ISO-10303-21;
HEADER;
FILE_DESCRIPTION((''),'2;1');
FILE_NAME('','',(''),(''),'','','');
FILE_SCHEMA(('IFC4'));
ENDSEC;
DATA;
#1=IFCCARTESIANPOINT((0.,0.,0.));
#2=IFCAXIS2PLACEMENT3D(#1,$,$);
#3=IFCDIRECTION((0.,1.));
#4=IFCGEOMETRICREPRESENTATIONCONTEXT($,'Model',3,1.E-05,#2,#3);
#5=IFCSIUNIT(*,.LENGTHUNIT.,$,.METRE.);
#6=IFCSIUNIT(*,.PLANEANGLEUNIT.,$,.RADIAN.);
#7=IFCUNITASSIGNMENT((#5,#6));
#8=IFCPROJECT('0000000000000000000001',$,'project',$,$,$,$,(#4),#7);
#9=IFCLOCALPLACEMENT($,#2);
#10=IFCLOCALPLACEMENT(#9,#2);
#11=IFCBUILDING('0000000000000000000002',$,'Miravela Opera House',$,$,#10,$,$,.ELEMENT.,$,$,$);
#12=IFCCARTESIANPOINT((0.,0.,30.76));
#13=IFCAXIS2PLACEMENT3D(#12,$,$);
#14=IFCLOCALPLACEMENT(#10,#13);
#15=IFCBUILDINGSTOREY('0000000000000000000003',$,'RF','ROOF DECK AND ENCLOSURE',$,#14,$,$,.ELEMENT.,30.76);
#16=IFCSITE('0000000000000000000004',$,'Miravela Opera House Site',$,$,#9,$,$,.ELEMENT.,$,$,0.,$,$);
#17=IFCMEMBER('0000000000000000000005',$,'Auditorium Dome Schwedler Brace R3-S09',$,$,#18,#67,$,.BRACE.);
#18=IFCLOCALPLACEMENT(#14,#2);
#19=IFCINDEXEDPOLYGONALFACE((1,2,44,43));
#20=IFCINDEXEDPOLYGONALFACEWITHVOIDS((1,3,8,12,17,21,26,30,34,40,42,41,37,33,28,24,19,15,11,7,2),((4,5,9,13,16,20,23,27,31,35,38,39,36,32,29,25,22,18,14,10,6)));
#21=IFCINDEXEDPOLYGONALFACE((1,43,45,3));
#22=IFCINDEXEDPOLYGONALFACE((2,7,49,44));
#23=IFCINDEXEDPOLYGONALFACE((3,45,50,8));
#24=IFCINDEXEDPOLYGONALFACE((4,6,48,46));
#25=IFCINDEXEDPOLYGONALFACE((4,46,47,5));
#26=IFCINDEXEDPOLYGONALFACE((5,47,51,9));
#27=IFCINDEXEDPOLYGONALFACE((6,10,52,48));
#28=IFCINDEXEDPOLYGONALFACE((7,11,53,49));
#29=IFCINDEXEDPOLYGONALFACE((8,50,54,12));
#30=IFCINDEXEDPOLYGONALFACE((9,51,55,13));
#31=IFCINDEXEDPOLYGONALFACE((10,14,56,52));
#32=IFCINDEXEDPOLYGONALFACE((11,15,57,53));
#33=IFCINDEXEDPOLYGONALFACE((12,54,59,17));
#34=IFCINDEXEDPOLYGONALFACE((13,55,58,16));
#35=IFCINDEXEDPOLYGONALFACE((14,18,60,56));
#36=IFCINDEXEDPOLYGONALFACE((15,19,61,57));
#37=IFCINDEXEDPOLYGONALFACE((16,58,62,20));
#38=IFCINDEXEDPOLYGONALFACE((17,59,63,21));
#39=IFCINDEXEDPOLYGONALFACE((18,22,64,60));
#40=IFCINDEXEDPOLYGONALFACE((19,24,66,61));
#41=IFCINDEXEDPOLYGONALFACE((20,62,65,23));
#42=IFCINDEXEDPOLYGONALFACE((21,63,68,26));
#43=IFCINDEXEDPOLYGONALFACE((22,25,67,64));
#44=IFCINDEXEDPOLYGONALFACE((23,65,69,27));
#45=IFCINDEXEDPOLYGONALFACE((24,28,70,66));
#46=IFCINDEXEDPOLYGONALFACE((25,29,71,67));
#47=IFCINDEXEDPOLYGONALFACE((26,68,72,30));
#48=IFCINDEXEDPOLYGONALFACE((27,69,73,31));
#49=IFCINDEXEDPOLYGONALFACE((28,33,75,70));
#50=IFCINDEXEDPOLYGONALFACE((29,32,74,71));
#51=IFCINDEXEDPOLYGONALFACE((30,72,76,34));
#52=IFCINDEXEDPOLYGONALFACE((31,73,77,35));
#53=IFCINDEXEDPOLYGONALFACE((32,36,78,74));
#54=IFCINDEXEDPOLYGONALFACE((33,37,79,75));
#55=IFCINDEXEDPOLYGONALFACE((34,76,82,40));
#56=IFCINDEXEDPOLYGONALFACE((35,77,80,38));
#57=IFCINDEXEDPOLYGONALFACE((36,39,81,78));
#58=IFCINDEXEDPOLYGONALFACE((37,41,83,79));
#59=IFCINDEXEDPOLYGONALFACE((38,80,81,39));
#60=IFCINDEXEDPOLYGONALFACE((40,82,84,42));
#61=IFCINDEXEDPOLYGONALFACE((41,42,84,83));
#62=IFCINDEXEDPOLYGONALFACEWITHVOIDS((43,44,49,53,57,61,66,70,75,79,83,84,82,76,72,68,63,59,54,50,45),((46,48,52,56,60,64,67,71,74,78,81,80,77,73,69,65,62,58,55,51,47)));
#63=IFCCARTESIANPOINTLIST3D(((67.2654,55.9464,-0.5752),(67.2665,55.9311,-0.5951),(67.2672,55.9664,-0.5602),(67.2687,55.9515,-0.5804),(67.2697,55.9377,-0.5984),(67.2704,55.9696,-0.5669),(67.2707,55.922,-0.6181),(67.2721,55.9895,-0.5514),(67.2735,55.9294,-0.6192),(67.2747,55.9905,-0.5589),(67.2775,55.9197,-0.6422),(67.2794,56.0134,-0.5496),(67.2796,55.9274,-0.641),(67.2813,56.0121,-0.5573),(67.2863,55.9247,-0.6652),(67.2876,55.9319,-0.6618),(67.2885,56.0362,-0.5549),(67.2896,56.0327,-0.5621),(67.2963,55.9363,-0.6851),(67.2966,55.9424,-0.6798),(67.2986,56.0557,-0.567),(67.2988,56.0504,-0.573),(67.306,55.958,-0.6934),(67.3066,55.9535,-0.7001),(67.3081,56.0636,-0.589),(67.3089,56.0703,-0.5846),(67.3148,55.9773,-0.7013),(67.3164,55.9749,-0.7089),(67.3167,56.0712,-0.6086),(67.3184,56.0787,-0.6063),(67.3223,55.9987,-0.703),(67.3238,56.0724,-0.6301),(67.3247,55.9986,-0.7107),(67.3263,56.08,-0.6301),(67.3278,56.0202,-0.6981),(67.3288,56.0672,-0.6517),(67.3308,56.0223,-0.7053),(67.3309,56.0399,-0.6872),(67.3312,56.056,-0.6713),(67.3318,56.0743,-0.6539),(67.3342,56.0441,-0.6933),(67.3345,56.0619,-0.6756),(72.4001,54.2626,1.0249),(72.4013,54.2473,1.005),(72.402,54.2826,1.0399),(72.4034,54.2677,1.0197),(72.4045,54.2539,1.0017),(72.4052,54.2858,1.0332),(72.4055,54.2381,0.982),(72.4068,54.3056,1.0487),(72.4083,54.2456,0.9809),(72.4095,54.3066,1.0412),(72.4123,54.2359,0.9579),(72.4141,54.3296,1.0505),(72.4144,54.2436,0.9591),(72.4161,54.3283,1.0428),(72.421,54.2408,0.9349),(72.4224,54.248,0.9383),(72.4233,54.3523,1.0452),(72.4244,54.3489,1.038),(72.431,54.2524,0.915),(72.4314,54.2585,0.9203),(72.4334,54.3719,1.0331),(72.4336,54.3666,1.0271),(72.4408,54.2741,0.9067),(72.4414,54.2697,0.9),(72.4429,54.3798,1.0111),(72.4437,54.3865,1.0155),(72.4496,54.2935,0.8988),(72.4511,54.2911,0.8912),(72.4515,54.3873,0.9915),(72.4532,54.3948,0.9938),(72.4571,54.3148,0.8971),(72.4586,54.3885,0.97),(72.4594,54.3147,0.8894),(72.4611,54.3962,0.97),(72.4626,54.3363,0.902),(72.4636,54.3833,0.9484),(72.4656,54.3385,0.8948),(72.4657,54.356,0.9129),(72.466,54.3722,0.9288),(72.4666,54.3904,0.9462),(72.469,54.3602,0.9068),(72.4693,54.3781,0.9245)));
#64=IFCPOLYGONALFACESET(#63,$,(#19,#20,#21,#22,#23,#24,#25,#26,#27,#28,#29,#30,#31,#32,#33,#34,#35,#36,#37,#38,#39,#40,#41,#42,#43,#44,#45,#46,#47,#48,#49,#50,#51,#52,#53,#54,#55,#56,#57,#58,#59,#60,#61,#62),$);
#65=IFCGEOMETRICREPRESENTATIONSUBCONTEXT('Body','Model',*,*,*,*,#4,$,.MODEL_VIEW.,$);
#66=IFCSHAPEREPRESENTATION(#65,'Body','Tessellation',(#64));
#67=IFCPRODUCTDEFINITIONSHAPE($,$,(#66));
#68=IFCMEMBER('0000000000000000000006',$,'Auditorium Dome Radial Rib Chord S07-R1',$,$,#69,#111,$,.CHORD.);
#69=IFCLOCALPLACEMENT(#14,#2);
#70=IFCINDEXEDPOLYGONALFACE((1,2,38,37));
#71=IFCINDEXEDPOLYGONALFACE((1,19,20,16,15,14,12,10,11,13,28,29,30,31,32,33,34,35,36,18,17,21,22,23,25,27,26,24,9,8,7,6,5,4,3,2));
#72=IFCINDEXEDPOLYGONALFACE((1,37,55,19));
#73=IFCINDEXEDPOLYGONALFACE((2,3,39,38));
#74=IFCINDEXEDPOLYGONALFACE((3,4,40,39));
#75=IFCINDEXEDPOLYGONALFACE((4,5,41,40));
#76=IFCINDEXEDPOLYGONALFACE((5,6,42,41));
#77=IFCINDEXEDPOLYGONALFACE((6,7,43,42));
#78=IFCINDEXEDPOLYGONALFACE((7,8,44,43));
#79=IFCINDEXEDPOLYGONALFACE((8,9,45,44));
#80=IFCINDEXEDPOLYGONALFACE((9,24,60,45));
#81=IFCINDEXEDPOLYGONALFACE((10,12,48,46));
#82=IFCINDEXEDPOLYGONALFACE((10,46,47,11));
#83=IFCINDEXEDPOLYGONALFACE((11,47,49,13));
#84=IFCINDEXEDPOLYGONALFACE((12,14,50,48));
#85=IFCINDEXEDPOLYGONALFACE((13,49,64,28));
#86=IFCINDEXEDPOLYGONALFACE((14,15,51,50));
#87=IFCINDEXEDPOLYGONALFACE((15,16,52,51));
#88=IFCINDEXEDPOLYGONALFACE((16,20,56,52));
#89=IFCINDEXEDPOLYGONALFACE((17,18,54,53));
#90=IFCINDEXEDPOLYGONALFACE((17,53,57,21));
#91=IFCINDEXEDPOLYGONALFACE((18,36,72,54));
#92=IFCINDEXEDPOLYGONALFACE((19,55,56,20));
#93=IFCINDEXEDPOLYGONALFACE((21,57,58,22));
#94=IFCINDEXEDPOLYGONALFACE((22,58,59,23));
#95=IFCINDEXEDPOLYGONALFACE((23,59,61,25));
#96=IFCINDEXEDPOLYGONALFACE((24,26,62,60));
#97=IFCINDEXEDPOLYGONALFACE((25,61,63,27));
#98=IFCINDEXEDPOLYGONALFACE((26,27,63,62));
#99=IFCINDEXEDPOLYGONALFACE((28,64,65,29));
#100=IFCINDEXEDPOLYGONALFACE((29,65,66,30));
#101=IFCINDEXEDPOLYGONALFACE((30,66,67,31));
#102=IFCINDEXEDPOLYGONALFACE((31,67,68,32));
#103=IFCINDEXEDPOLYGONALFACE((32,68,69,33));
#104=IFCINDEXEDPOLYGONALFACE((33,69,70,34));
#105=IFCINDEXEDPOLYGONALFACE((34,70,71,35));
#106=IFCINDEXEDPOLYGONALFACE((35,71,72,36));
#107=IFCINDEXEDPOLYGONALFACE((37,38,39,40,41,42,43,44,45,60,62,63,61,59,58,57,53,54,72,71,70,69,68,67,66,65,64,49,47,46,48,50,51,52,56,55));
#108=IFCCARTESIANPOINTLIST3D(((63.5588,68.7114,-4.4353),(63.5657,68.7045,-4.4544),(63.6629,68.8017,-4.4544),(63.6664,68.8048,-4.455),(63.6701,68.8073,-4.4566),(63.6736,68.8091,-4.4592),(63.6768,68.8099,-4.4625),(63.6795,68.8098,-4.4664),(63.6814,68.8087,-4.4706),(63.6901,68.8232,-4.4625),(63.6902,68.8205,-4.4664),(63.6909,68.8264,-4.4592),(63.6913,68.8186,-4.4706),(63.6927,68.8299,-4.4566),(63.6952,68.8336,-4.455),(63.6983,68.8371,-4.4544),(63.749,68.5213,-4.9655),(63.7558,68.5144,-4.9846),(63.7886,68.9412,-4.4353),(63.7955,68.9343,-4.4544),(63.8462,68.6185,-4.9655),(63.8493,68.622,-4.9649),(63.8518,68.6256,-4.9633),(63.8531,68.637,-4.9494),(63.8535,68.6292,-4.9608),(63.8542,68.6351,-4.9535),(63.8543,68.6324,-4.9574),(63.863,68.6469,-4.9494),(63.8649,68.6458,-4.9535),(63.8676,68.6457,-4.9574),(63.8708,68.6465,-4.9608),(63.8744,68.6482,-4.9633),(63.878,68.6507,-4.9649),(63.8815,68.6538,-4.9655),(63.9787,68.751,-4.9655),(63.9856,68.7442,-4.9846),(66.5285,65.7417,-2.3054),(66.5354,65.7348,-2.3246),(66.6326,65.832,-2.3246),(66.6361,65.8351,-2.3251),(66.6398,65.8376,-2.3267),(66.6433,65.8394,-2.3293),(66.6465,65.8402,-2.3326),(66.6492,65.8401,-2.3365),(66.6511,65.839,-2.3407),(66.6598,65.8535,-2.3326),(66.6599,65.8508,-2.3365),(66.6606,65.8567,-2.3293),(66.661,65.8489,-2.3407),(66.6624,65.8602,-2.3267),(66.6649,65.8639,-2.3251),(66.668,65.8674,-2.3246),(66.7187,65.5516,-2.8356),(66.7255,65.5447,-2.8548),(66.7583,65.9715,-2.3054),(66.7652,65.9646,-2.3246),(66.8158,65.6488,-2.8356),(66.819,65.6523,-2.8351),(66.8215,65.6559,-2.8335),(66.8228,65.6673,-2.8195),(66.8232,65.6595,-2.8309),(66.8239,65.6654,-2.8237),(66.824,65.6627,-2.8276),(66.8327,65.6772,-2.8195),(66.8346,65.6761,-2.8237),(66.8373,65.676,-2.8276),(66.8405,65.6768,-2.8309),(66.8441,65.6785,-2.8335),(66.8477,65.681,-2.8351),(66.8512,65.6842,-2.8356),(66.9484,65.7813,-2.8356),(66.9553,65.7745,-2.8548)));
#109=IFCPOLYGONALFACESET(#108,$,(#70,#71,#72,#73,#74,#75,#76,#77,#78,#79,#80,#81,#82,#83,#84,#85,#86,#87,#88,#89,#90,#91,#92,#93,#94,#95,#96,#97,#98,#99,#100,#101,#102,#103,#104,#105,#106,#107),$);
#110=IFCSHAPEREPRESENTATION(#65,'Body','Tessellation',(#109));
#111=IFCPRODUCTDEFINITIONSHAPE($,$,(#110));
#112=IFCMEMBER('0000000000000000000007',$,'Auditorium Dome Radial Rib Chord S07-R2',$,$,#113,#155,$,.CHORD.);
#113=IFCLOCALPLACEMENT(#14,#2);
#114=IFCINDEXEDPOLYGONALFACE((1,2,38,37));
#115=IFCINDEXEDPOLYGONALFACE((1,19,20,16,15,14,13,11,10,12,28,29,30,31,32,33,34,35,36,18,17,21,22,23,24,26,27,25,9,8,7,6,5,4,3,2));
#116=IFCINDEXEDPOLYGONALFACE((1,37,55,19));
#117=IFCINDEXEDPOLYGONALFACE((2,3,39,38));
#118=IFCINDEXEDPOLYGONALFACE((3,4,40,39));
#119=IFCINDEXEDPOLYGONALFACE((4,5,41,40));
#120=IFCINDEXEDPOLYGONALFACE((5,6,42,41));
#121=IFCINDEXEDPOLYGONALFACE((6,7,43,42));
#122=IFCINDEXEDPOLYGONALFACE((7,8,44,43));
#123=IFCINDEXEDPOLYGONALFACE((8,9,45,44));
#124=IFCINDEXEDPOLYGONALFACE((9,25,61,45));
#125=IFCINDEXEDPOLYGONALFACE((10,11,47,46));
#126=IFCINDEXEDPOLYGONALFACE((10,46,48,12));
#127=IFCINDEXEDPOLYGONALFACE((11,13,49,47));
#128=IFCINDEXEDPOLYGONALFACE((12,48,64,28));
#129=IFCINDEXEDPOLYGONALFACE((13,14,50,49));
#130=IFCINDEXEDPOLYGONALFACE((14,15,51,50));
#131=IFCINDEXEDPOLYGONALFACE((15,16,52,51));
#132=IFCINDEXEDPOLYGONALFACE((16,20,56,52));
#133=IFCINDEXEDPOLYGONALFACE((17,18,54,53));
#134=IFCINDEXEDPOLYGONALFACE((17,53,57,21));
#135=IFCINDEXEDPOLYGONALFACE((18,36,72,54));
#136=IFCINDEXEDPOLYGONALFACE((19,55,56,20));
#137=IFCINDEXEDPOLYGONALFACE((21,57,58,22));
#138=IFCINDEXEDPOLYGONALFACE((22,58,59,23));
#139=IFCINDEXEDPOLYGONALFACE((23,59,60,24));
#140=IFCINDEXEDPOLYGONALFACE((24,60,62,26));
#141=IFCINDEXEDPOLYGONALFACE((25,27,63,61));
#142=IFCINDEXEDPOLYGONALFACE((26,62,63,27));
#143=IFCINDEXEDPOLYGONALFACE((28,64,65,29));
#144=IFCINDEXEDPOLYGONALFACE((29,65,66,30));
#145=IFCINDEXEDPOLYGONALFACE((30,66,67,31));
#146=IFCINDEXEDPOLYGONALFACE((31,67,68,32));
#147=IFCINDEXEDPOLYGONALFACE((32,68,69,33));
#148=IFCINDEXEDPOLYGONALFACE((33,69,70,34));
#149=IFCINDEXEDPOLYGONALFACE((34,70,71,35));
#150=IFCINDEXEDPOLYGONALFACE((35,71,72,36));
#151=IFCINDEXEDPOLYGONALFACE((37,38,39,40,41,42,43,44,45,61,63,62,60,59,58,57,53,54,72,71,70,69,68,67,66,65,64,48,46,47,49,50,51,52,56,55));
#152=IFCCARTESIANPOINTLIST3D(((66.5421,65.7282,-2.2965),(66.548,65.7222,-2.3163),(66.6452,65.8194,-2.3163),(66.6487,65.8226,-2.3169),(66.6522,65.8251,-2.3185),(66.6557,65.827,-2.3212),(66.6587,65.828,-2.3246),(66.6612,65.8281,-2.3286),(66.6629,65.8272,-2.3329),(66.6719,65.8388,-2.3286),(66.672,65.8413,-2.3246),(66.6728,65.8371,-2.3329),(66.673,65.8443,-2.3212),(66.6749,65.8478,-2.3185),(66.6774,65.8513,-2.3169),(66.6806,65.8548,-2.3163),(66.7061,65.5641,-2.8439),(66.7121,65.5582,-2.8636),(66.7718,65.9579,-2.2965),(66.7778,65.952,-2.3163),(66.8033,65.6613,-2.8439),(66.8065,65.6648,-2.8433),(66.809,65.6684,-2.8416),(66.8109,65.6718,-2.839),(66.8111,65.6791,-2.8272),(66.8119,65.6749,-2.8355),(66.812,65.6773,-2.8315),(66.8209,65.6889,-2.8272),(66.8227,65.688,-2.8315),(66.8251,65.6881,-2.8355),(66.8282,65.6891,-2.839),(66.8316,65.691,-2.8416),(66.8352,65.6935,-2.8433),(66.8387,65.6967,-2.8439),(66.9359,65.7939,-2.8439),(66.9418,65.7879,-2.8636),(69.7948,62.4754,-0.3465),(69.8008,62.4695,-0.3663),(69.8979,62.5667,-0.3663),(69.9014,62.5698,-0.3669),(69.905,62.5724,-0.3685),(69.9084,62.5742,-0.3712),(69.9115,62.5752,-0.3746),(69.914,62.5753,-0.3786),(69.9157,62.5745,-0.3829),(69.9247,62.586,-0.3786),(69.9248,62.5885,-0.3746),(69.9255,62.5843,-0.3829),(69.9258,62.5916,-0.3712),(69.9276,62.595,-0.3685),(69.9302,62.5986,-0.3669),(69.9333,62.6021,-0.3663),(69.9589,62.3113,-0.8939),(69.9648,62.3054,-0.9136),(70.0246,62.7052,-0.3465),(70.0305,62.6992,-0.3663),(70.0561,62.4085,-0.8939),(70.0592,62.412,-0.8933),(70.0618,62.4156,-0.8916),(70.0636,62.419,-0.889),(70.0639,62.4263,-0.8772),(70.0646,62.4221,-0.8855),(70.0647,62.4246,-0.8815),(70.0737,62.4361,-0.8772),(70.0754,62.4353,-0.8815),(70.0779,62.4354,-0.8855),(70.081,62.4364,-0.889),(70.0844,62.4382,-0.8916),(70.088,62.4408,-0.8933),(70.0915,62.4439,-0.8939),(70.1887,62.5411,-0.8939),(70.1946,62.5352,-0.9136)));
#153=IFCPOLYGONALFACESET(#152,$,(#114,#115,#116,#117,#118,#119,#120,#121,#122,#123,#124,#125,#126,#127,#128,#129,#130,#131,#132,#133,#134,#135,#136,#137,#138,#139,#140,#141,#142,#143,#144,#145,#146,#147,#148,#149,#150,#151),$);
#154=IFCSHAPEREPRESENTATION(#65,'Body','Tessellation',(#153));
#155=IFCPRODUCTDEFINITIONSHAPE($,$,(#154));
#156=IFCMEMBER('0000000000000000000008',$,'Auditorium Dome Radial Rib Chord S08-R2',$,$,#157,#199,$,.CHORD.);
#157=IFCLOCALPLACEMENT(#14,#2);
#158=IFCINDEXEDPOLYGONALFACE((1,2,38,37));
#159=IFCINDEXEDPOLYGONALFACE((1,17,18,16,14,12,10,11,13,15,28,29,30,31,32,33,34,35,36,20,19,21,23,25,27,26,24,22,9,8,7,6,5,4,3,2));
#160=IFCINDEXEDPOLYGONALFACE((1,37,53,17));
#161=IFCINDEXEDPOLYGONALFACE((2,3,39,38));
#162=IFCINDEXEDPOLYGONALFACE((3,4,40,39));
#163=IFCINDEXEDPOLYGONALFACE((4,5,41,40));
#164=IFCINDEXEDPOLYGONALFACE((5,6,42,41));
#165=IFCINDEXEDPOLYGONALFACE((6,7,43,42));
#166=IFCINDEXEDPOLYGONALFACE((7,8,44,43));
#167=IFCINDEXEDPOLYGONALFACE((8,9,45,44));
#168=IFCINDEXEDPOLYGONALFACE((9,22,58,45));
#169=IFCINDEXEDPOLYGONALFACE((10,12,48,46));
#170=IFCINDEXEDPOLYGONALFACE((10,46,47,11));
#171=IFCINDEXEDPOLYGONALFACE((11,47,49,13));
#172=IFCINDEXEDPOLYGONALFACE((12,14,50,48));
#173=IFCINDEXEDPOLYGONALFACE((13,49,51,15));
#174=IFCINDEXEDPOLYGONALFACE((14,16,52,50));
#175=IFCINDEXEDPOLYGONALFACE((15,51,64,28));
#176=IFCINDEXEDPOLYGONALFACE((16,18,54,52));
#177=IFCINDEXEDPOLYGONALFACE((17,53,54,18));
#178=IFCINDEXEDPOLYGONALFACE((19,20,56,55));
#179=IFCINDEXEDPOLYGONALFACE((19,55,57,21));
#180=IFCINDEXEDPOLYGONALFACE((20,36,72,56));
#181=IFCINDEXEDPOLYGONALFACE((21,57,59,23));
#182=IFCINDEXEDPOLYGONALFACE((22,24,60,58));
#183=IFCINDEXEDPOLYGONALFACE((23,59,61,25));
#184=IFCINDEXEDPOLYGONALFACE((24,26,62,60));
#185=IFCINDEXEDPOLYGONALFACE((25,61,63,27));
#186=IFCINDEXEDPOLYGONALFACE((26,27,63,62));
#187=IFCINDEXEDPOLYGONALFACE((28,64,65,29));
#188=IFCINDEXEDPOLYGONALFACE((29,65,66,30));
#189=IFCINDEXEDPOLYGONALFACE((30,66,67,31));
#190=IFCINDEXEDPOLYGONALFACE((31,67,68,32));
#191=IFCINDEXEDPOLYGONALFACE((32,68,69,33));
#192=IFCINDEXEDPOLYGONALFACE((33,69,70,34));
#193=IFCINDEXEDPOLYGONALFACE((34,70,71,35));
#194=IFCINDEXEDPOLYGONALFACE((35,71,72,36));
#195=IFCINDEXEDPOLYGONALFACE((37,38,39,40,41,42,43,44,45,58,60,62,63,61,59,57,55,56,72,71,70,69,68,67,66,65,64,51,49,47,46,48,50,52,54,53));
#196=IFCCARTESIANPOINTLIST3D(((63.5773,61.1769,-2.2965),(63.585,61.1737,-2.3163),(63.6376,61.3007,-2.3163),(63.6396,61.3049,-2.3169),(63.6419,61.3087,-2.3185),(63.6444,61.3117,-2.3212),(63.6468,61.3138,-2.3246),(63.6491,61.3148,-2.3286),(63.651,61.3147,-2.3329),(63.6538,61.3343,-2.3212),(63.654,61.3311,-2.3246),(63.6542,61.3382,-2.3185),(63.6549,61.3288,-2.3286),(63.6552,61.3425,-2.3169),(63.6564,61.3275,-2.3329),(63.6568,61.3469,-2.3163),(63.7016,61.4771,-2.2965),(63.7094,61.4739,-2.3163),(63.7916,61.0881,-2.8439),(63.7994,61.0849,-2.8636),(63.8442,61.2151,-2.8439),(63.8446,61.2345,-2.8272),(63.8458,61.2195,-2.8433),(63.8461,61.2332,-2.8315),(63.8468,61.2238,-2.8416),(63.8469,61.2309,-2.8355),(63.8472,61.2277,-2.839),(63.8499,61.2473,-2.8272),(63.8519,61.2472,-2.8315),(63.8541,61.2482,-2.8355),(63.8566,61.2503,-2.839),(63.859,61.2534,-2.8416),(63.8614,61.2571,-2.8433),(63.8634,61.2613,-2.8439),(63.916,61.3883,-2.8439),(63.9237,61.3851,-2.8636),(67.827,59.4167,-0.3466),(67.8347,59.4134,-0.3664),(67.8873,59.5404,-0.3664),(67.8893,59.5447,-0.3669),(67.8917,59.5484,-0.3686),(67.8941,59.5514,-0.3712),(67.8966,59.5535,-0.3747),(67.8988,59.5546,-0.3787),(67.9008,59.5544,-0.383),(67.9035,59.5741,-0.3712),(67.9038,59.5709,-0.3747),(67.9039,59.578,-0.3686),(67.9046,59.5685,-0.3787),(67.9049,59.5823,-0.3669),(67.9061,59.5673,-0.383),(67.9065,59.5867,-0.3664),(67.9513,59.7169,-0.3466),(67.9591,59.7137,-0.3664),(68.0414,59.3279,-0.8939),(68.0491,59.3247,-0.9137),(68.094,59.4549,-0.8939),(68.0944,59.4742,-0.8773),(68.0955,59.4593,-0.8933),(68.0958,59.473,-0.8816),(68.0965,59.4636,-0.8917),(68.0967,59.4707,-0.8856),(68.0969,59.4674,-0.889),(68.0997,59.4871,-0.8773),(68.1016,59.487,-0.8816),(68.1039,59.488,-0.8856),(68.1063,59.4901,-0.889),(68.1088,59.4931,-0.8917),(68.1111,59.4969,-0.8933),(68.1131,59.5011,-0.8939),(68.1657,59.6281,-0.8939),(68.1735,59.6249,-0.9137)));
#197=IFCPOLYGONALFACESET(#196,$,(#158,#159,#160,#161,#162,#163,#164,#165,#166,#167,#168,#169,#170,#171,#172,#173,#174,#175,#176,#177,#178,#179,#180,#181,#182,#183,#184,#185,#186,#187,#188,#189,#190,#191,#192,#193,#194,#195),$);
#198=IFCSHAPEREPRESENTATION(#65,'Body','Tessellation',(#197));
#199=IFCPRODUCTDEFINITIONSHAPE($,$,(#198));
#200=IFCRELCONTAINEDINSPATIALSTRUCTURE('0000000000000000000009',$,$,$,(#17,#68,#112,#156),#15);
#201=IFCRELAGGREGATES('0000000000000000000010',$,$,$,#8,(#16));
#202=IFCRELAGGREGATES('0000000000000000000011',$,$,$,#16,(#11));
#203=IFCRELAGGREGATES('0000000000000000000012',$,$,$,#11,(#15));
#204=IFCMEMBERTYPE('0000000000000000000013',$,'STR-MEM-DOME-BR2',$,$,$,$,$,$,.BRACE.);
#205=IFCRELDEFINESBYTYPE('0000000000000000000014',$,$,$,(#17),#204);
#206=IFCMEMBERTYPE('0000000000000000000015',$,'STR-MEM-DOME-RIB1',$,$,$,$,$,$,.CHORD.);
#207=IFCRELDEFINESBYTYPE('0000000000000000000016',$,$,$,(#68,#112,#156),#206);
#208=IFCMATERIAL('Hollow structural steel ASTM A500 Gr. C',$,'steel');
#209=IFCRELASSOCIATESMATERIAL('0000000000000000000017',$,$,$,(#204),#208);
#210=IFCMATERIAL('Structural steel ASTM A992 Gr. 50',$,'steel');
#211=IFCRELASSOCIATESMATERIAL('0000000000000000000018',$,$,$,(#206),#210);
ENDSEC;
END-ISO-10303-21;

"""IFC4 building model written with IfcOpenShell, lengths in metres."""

from ifc_helpers import new_model, si_unit, direction, frame, origin, origin_2d, place, context, subcontext, project, spatial, hollow_circle, i_section, extrude, material, material_profile, profile_set, type_object, element, save


model = new_model("IFC4")

# Units and contexts
model_context = context("Model", 3, precision=1e-05, world=origin(), true_north=direction((0.0, 1.0)))
body_context = subcontext(model_context, "Body", "Model", "MODEL_VIEW")
ifc_project = project(units=[si_unit("LENGTHUNIT", "METRE"), si_unit("PLANEANGLEUNIT", "RADIAN")], contexts=[model_context])

# Site, building, storey
site_placement = place(None, origin())
site = spatial("IfcSite", under=ifc_project, at=site_placement, Name="Miravela Opera House Site", CompositionType="ELEMENT", RefElevation=0.0)
building_placement = place(site_placement, origin())
building = spatial("IfcBuilding", under=site, at=building_placement, Name="Miravela Opera House", CompositionType="ELEMENT")
storey_placement = place(building_placement, frame((0.0, 0.0, 30.76)))
storey = spatial("IfcBuildingStorey", under=building, at=storey_placement, Name="RF", Description="ROOF DECK AND ENCLOSURE", CompositionType="ELEMENT", Elevation=30.76)

# Shared definitions
ifc_material_1 = material(Name="Structural steel ASTM A992 Gr. 50", Category="steel")

# Members
ifc_material_2 = material(Name="Hollow structural steel ASTM A500 Gr. C", Category="steel")
ifc_material_profile_1 = material_profile(ifc_material_2, hollow_circle(Radius=0.0842, WallThickness=0.0081, at=origin_2d()), Name="CHS168X8")
ifc_profile_set_1 = profile_set([ifc_material_profile_1])
member_type_1 = type_object("IfcMemberType", Name="STR-MEM-DOME-BR2", PredefinedType="BRACE", material=ifc_profile_set_1)
member_1_placement = place(storey_placement, frame((67.3, 56.0, -0.6301), z_axis=(0.911109, -0.298779, 0.28392), x_axis=(0.311602, 0.950213, 0.0)))
element("IfcMember", 1, at=member_1_placement, inside=storey, type_object=member_type_1, Name="Auditorium Dome Schwedler Brace R3-S09", PredefinedType="BRACE", context=body_context, shape_type="SweptSolid", body=[
    extrude(hollow_circle(Radius=0.0842, WallThickness=0.0081, at=origin_2d()), origin(), (0.0, 0.0, 1.0), 5.6357),
])
ifc_material_profile_2 = material_profile(ifc_material_1, i_section(OverallWidth=0.325, OverallDepth=0.616, WebThickness=0.0139, FlangeThickness=0.0215, FilletRadius=0.0181, at=origin_2d()), Name="W610X174")
ifc_profile_set_2 = profile_set([ifc_material_profile_2])
member_type_2 = type_object("IfcMemberType", Name="STR-MEM-DOME-RIB1", PredefinedType="CHORD", material=ifc_profile_set_2)
member_2_placement = place(storey_placement, frame((63.7722, 68.7278, -4.71), z_axis=(0.630645, -0.630645, 0.452298), x_axis=(0.707107, 0.707107, 0.0)))
element("IfcMember", 2, at=member_2_placement, inside=storey, type_object=member_type_2, Name="Auditorium Dome Radial Rib Chord S07-R1", PredefinedType="CHORD", context=body_context, shape_type="SweptSolid", body=[
    extrude(i_section(OverallWidth=0.325, OverallDepth=0.616, WebThickness=0.0139, FlangeThickness=0.0215, FilletRadius=0.0181, at=origin_2d()), origin(), (0.0, 0.0, 1.0), 4.709),
])
member_3_placement = place(storey_placement, frame((66.7419, 65.7581, -2.5801), z_axis=(0.651029, -0.651029, 0.390285), x_axis=(0.707107, 0.707107, 0.0)))
element("IfcMember", 3, at=member_3_placement, inside=storey, type_object=member_type_2, Name="Auditorium Dome Radial Rib Chord S07-R2", PredefinedType="CHORD", context=body_context, shape_type="SweptSolid", body=[
    extrude(i_section(OverallWidth=0.325, OverallDepth=0.616, WebThickness=0.0139, FlangeThickness=0.0215, FilletRadius=0.0181, at=origin_2d()), origin(), (0.0, 0.0, 1.0), 4.9963),
])
member_4_placement = place(storey_placement, frame((63.7505, 61.281, -2.5801), z_axis=(0.850611, -0.352324, 0.390293), x_axis=(0.382674, 0.923884, 0.0)))
element("IfcMember", 4, at=member_4_placement, inside=storey, type_object=member_type_2, Name="Auditorium Dome Radial Rib Chord S08-R2", PredefinedType="CHORD", context=body_context, shape_type="SweptSolid", body=[
    extrude(i_section(OverallWidth=0.325, OverallDepth=0.616, WebThickness=0.0139, FlangeThickness=0.0215, FilletRadius=0.0181, at=origin_2d()), origin(), (0.0, 0.0, 1.0), 4.9961),
])

save(model, "model.ifc")
